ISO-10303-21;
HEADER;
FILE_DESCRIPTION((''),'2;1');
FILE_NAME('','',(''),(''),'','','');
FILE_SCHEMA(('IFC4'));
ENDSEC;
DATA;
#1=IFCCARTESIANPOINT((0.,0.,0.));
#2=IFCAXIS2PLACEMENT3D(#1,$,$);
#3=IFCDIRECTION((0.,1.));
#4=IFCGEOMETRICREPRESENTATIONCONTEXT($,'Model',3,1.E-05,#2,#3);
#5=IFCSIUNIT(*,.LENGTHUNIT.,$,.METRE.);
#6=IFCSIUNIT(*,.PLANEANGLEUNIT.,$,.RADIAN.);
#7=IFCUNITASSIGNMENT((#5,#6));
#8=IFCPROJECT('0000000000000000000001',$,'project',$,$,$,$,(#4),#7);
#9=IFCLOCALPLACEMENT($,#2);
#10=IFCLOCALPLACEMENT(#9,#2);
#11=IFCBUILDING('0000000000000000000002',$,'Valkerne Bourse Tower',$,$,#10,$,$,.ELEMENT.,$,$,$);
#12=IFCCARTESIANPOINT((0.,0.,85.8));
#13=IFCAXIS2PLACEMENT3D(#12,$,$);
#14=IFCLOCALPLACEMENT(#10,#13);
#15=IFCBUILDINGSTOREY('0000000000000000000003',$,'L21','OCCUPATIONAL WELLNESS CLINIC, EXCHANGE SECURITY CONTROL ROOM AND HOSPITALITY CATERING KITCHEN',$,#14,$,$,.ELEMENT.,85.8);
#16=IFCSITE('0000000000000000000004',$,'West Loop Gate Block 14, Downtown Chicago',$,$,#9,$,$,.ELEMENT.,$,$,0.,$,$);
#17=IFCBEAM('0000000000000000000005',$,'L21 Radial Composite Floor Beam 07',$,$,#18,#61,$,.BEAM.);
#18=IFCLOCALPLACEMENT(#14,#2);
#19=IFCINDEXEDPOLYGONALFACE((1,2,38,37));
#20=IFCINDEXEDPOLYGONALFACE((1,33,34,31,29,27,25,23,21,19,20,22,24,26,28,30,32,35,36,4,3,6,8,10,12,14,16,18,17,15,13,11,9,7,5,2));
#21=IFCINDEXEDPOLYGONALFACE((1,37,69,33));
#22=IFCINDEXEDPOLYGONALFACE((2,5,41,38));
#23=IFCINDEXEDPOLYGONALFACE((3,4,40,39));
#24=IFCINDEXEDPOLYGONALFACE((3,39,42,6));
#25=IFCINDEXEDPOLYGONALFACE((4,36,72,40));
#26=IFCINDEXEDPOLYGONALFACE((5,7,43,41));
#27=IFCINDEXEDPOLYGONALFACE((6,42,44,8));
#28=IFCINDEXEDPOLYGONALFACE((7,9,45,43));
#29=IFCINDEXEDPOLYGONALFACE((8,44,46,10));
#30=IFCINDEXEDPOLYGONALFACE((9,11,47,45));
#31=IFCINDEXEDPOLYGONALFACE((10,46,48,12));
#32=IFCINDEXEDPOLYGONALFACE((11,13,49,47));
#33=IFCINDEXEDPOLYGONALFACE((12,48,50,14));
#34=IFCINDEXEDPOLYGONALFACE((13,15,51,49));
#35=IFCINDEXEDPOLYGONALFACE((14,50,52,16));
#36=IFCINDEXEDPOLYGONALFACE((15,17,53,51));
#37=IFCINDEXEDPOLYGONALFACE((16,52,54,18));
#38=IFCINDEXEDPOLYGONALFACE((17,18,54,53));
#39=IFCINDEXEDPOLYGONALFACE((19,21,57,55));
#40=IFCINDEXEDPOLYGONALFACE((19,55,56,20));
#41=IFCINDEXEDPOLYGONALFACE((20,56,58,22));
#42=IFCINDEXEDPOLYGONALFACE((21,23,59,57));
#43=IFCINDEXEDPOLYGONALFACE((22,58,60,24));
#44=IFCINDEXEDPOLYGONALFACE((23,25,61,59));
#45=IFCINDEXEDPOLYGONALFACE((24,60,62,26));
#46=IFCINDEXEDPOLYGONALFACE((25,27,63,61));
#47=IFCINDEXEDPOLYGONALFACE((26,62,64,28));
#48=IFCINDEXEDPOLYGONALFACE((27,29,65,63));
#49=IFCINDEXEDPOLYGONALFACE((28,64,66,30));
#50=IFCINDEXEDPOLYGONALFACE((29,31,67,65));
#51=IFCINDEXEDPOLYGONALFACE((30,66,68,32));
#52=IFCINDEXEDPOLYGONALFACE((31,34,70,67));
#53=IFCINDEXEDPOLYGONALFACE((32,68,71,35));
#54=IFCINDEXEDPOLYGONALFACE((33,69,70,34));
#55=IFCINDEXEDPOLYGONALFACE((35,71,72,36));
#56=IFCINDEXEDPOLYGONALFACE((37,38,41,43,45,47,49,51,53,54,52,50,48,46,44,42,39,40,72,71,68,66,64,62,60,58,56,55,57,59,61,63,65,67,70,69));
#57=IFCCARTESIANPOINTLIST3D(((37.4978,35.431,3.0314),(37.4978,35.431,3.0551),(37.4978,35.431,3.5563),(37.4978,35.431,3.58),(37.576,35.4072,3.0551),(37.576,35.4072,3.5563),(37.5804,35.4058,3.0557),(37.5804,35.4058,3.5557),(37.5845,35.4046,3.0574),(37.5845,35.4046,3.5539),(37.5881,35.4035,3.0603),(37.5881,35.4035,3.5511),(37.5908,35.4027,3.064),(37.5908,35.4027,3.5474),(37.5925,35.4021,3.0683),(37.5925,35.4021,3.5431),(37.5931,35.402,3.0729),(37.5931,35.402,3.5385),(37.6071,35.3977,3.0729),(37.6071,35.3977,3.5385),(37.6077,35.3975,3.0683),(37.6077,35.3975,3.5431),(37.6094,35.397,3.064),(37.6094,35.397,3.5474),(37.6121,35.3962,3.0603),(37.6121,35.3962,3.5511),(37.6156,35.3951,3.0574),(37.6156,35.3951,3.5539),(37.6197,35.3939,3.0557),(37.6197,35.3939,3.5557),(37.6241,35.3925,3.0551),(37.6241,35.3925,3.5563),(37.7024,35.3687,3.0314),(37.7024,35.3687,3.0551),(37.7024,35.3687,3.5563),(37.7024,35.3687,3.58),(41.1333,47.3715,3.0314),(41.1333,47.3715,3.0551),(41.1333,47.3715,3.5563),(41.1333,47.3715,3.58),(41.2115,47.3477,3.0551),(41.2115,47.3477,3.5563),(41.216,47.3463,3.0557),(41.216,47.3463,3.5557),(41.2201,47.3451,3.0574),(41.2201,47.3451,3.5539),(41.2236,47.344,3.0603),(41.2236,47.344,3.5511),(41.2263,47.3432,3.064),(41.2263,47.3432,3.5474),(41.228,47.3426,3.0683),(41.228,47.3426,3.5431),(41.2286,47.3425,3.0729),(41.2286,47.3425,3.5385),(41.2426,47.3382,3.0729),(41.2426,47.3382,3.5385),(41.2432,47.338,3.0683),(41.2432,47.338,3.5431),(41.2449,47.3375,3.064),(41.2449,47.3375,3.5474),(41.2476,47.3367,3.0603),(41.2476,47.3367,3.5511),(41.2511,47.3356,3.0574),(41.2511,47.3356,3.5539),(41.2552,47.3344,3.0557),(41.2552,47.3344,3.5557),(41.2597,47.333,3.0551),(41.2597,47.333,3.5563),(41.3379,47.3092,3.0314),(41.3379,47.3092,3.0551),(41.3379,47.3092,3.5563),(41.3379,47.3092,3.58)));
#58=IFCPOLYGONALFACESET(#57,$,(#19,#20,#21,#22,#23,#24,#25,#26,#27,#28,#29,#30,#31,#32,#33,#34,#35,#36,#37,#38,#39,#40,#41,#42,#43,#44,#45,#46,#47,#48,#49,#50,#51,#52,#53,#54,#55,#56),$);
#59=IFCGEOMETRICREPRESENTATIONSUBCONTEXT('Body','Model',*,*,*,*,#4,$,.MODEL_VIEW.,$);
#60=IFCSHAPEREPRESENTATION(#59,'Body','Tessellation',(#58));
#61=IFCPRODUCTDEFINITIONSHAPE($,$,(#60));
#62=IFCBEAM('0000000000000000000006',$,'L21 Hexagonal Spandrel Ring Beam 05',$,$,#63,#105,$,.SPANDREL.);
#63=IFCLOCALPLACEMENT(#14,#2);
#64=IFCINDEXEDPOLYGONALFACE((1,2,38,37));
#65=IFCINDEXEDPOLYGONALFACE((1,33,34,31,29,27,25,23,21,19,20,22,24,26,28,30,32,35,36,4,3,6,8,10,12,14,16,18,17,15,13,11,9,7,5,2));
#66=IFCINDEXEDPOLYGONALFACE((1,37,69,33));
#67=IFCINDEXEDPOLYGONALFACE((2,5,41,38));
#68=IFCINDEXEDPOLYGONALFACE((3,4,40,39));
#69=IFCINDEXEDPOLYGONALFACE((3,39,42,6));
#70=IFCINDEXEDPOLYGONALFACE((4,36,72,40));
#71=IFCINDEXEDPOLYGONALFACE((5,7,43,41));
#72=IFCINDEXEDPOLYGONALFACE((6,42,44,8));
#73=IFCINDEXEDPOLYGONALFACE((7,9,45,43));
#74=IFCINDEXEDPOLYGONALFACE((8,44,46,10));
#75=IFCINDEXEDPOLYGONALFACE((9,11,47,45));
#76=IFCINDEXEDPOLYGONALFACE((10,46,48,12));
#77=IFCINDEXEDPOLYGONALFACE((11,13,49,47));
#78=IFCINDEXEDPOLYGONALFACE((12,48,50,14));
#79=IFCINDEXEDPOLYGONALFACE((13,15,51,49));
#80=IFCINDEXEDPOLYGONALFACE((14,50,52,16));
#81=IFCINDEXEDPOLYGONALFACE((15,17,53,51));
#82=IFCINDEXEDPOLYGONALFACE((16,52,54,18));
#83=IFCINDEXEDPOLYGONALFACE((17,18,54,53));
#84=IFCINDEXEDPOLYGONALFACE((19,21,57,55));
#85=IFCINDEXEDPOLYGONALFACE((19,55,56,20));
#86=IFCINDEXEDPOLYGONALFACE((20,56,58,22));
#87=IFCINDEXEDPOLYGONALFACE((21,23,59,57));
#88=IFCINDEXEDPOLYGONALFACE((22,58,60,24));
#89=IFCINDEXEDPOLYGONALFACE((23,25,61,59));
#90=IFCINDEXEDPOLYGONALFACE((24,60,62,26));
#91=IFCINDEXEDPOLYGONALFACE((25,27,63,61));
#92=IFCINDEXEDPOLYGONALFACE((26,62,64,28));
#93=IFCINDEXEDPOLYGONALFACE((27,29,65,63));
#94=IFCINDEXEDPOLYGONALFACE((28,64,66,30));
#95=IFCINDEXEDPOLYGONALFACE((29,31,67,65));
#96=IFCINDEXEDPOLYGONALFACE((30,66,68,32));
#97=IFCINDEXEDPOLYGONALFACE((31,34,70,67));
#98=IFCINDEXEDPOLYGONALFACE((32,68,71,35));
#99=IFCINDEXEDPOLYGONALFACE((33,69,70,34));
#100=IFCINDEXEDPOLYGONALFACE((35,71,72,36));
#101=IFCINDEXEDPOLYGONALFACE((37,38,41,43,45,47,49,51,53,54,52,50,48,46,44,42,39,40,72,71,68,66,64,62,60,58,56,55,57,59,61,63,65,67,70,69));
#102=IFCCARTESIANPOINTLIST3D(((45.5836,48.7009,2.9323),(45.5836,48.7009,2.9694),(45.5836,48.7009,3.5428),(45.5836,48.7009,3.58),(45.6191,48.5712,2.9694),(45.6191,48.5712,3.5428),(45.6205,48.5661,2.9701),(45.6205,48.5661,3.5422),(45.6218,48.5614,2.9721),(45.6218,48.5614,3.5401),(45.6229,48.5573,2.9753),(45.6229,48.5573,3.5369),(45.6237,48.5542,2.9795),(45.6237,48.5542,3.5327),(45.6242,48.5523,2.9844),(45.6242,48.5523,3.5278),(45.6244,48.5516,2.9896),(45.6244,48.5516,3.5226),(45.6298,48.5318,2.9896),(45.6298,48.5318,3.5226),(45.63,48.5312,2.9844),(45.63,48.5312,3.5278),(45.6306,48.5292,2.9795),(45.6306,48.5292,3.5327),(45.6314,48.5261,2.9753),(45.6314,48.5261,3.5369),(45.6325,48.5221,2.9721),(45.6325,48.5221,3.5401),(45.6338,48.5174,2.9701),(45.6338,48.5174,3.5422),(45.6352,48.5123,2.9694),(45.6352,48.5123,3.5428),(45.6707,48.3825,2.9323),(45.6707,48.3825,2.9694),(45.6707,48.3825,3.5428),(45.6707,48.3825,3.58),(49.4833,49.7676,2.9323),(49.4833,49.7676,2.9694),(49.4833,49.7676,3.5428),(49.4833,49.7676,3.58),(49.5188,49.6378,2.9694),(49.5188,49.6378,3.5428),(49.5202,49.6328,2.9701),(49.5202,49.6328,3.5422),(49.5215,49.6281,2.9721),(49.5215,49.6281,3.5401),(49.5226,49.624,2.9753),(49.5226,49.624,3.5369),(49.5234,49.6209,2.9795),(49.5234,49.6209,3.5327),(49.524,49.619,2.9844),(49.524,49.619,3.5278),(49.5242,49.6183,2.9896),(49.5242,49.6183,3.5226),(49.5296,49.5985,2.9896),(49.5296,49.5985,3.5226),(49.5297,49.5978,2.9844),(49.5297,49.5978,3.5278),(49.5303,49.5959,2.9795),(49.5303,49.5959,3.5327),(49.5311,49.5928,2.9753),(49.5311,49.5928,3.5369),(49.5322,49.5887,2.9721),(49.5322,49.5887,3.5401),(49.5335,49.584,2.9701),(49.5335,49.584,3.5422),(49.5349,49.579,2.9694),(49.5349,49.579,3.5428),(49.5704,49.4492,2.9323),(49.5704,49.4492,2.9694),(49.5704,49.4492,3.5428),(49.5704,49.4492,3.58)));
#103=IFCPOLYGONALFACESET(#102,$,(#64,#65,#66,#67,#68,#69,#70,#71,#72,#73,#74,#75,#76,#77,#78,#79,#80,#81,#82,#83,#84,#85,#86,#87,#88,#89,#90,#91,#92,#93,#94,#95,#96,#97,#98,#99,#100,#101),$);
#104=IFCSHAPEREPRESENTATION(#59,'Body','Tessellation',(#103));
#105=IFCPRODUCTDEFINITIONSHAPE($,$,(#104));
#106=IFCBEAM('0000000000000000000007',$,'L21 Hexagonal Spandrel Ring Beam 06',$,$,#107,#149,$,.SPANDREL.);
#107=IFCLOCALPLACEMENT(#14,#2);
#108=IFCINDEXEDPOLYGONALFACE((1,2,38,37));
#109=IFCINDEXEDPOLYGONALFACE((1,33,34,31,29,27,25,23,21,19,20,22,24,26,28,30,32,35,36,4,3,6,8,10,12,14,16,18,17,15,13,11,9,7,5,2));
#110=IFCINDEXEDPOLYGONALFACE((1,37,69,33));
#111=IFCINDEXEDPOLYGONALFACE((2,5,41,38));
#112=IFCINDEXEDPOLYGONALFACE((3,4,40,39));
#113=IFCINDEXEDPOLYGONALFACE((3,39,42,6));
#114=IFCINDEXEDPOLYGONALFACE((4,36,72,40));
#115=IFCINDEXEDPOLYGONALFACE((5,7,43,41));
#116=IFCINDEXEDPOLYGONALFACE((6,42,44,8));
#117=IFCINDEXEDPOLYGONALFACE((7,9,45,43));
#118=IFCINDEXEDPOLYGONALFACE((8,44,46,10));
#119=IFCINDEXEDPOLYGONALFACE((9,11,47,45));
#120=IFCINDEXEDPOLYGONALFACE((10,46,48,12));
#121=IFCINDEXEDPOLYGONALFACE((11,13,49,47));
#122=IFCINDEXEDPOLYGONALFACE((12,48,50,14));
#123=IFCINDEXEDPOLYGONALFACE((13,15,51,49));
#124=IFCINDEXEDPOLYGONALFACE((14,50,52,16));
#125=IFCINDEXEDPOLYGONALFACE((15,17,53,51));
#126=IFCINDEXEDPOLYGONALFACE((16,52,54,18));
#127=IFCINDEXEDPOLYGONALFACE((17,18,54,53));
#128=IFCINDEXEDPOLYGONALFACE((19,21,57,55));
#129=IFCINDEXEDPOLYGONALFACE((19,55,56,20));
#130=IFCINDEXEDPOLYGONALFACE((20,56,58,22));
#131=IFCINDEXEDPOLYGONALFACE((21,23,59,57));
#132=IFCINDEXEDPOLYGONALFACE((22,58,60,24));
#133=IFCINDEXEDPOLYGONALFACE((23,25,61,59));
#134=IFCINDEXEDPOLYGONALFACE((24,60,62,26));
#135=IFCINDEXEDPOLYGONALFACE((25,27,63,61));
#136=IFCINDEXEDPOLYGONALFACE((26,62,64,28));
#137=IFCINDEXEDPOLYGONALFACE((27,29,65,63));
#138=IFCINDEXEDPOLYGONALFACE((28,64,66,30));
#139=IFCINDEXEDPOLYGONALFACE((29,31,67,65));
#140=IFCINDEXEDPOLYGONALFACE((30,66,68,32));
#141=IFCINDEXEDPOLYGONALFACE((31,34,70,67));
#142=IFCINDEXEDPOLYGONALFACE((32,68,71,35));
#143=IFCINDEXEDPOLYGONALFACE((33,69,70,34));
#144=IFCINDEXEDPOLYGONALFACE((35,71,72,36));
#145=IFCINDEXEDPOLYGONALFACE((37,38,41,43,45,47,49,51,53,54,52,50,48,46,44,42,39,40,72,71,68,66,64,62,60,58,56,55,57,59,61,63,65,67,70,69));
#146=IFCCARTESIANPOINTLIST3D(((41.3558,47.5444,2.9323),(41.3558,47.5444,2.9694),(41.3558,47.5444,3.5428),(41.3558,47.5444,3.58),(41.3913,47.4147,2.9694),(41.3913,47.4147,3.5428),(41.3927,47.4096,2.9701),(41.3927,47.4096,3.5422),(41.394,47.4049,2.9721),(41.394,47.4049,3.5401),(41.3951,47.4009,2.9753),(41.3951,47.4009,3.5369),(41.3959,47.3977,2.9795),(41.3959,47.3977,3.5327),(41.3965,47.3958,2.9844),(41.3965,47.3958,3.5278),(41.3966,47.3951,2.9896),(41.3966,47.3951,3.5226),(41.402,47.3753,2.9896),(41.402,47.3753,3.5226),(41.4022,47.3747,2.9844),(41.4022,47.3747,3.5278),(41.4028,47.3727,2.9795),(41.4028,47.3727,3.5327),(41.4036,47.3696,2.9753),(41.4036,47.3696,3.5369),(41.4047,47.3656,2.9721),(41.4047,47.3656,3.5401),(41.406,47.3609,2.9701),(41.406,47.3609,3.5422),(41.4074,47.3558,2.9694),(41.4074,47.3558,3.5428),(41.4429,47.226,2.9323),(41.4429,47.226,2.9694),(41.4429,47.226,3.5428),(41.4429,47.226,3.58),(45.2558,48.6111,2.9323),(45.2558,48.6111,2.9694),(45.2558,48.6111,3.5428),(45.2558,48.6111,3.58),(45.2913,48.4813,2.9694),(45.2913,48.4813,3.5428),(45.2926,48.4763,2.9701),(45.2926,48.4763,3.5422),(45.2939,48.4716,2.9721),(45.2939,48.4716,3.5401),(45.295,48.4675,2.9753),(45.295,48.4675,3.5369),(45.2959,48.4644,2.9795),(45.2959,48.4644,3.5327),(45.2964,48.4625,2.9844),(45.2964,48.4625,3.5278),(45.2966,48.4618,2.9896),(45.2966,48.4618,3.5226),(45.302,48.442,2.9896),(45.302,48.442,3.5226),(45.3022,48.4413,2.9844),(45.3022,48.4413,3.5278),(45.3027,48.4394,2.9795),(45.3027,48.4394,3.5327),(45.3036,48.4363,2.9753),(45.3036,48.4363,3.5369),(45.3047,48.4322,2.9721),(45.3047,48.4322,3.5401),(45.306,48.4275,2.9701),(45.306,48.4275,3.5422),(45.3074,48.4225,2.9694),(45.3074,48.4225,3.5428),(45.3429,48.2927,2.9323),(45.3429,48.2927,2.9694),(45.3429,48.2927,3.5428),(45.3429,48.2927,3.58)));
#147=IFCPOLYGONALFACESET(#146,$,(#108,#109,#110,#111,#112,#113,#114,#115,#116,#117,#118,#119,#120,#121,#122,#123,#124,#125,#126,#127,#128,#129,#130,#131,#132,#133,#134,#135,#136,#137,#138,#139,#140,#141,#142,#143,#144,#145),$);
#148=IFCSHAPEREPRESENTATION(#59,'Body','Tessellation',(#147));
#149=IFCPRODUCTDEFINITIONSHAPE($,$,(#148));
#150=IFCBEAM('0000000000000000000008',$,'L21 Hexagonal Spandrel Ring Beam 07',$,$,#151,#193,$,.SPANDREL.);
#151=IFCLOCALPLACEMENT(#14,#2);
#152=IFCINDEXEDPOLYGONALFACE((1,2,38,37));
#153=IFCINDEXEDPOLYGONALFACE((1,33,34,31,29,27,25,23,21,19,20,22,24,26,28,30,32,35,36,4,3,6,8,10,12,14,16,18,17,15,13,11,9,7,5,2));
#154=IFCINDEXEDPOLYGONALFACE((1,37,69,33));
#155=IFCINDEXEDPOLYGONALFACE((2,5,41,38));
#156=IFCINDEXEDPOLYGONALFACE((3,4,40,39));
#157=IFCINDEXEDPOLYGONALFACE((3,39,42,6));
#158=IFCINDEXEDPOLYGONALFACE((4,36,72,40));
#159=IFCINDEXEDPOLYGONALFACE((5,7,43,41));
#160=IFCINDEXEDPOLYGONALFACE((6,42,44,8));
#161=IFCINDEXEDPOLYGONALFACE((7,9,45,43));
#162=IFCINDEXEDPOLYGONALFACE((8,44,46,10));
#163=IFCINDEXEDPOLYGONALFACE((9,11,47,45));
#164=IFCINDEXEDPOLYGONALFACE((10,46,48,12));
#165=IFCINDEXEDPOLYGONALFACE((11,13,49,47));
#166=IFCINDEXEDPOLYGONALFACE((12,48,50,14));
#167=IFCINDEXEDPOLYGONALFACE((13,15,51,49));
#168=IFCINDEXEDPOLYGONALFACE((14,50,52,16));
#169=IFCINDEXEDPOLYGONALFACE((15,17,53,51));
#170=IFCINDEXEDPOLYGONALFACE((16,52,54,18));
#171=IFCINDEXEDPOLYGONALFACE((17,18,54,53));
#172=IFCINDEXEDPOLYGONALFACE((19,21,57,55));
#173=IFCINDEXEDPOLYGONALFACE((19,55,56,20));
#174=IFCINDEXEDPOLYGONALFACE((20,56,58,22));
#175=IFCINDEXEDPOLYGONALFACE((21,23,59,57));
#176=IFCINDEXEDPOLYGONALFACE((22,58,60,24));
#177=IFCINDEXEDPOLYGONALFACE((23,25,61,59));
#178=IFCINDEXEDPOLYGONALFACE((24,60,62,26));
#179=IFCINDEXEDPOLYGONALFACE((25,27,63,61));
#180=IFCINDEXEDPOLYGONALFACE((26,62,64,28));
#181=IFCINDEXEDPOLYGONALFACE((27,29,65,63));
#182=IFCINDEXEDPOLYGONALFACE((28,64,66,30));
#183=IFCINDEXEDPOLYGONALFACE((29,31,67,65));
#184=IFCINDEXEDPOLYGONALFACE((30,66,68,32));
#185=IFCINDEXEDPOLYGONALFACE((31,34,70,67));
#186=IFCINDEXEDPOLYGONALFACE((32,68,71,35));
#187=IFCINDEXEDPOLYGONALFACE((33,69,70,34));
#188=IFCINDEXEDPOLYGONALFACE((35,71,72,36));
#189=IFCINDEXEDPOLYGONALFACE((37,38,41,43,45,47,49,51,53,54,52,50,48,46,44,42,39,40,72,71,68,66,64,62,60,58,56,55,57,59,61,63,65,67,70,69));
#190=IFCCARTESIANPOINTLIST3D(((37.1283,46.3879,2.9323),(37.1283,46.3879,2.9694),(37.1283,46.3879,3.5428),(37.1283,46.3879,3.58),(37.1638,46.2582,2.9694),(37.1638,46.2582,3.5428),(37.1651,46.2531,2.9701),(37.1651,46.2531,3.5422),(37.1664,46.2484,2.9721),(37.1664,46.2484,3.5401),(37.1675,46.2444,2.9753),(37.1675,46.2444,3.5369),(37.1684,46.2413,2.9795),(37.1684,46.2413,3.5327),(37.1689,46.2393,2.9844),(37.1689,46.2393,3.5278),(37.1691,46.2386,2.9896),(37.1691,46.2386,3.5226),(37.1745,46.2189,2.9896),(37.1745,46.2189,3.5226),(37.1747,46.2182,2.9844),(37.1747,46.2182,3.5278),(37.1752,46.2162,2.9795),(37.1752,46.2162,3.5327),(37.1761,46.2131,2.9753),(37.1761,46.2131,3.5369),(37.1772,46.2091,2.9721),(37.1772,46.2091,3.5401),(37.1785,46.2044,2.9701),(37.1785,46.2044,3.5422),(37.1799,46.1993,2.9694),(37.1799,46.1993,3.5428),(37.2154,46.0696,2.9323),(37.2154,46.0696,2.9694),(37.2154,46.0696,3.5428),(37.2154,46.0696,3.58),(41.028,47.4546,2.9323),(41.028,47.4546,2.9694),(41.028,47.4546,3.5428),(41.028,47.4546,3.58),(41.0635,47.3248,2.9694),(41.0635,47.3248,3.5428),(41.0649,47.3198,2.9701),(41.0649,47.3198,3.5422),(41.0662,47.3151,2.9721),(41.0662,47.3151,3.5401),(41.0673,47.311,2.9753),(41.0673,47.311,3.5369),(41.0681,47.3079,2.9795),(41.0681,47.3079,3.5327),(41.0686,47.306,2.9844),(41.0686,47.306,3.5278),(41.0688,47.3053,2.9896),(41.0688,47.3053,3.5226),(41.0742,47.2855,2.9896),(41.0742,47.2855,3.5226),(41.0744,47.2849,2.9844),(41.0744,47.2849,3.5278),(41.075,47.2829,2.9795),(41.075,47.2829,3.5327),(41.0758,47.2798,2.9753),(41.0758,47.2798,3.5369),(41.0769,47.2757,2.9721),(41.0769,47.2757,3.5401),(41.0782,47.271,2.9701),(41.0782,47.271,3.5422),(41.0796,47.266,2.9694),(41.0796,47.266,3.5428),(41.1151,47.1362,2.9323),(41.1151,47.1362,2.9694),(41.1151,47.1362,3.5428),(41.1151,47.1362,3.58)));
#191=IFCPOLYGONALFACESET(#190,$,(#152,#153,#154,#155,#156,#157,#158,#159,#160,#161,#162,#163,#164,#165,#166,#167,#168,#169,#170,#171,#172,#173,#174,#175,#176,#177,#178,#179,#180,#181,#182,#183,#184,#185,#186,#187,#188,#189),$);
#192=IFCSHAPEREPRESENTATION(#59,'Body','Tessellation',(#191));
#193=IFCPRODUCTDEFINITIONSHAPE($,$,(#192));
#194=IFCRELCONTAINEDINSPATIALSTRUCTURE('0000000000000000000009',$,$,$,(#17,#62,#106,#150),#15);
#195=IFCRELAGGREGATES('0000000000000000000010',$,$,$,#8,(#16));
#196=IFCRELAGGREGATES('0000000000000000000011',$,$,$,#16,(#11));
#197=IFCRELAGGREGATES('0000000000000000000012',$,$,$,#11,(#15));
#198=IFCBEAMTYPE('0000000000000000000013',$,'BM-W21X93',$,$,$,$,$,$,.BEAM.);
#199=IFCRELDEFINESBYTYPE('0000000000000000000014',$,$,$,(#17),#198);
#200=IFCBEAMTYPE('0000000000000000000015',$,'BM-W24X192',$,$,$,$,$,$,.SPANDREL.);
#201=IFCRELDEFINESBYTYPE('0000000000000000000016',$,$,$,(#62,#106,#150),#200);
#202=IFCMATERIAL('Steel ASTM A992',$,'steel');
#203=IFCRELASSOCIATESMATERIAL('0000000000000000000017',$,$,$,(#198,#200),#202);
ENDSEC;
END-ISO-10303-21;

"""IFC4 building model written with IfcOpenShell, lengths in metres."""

from ifc_helpers import new_model, si_unit, direction, frame, origin, origin_2d, place, context, subcontext, project, spatial, i_section, extrude, material, material_profile, profile_set, type_object, element, save


model = new_model("IFC4")

# Units and contexts
model_context = context("Model", 3, precision=1e-05, world=origin(), true_north=direction((0.0, 1.0)))
body_context = subcontext(model_context, "Body", "Model", "MODEL_VIEW")
ifc_project = project(units=[si_unit("LENGTHUNIT", "METRE"), si_unit("PLANEANGLEUNIT", "RADIAN")], contexts=[model_context])

# Site, building, storey
site_placement = place(None, origin())
site = spatial("IfcSite", under=ifc_project, at=site_placement, Name="West Loop Gate Block 14, Downtown Chicago", CompositionType="ELEMENT", RefElevation=0.0)
building_placement = place(site_placement, origin())
building = spatial("IfcBuilding", under=site, at=building_placement, Name="Valkerne Bourse Tower", CompositionType="ELEMENT")
storey_placement = place(building_placement, frame((0.0, 0.0, 85.8)))
storey = spatial("IfcBuildingStorey", under=building, at=storey_placement, Name="L21", Description="OCCUPATIONAL WELLNESS CLINIC, EXCHANGE SECURITY CONTROL ROOM AND HOSPITALITY CATERING KITCHEN", CompositionType="ELEMENT", Elevation=85.8)

# Beams
ifc_material_1 = material(Name="Steel ASTM A992", Category="steel")
ifc_material_profile_1 = material_profile(ifc_material_1, i_section(OverallWidth=0.2139, OverallDepth=0.5486, WebThickness=0.0146, FlangeThickness=0.0237, FilletRadius=0.0178, at=origin_2d()), Name="W21X93")
ifc_profile_set_1 = profile_set([ifc_material_profile_1], Name="Steel ASTM A992")
beam_type_1 = type_object("IfcBeamType", Name="BM-W21X93", PredefinedType="BEAM", material=ifc_profile_set_1)
beam_1_placement = place(storey_placement, frame((41.2356, 47.3403, 3.3057), z_axis=(-0.291268, -0.956641, 0.0), x_axis=(0.956641, -0.291268, 0.0)))
element("IfcBeam", 1, at=beam_1_placement, inside=storey, type_object=beam_type_1, Name="L21 Radial Composite Floor Beam 07", PredefinedType="BEAM", context=body_context, shape_type="SweptSolid", body=[
    extrude(i_section(OverallWidth=0.2139, OverallDepth=0.5486, WebThickness=0.0146, FlangeThickness=0.0237, FilletRadius=0.0178, at=origin_2d()), origin(), (0.0, 0.0, 1.0), 12.4817),
])
ifc_material_profile_2 = material_profile(ifc_material_1, i_section(OverallWidth=0.3301, OverallDepth=0.6477, WebThickness=0.0205, FlangeThickness=0.0371, FilletRadius=0.0203, at=origin_2d()), Name="W24X192")
ifc_profile_set_2 = profile_set([ifc_material_profile_2], Name="Steel ASTM A992")
beam_type_2 = type_object("IfcBeamType", Name="BM-W24X192", PredefinedType="SPANDREL", material=ifc_profile_set_2)
beam_2_placement = place(storey_placement, frame((49.5269, 49.6084, 3.2561), z_axis=(-0.964568, -0.263833, 0.0), x_axis=(0.263833, -0.964568, 0.0)))
element("IfcBeam", 2, at=beam_2_placement, inside=storey, type_object=beam_type_2, Name="L21 Hexagonal Spandrel Ring Beam 05", PredefinedType="SPANDREL", context=body_context, shape_type="SweptSolid", body=[
    extrude(i_section(OverallWidth=0.3301, OverallDepth=0.6477, WebThickness=0.0205, FlangeThickness=0.0371, FilletRadius=0.0203, at=origin_2d()), origin(), (0.0, 0.0, 1.0), 4.043),
])
beam_3_placement = place(storey_placement, frame((45.2993, 48.4519, 3.2561), z_axis=(-0.964573, -0.263817, 0.0), x_axis=(0.263817, -0.964573, 0.0)))
element("IfcBeam", 3, at=beam_3_placement, inside=storey, type_object=beam_type_2, Name="L21 Hexagonal Spandrel Ring Beam 06", PredefinedType="SPANDREL", context=body_context, shape_type="SweptSolid", body=[
    extrude(i_section(OverallWidth=0.3301, OverallDepth=0.6477, WebThickness=0.0205, FlangeThickness=0.0371, FilletRadius=0.0203, at=origin_2d()), origin(), (0.0, 0.0, 1.0), 4.0432),
])
beam_4_placement = place(storey_placement, frame((41.0715, 47.2954, 3.2561), z_axis=(-0.964568, -0.263833, 0.0), x_axis=(0.263833, -0.964568, 0.0)))
element("IfcBeam", 4, at=beam_4_placement, inside=storey, type_object=beam_type_2, Name="L21 Hexagonal Spandrel Ring Beam 07", PredefinedType="SPANDREL", context=body_context, shape_type="SweptSolid", body=[
    extrude(i_section(OverallWidth=0.3301, OverallDepth=0.6477, WebThickness=0.0205, FlangeThickness=0.0371, FilletRadius=0.0203, at=origin_2d()), origin(), (0.0, 0.0, 1.0), 4.043),
])

save(model, "model.ifc")
